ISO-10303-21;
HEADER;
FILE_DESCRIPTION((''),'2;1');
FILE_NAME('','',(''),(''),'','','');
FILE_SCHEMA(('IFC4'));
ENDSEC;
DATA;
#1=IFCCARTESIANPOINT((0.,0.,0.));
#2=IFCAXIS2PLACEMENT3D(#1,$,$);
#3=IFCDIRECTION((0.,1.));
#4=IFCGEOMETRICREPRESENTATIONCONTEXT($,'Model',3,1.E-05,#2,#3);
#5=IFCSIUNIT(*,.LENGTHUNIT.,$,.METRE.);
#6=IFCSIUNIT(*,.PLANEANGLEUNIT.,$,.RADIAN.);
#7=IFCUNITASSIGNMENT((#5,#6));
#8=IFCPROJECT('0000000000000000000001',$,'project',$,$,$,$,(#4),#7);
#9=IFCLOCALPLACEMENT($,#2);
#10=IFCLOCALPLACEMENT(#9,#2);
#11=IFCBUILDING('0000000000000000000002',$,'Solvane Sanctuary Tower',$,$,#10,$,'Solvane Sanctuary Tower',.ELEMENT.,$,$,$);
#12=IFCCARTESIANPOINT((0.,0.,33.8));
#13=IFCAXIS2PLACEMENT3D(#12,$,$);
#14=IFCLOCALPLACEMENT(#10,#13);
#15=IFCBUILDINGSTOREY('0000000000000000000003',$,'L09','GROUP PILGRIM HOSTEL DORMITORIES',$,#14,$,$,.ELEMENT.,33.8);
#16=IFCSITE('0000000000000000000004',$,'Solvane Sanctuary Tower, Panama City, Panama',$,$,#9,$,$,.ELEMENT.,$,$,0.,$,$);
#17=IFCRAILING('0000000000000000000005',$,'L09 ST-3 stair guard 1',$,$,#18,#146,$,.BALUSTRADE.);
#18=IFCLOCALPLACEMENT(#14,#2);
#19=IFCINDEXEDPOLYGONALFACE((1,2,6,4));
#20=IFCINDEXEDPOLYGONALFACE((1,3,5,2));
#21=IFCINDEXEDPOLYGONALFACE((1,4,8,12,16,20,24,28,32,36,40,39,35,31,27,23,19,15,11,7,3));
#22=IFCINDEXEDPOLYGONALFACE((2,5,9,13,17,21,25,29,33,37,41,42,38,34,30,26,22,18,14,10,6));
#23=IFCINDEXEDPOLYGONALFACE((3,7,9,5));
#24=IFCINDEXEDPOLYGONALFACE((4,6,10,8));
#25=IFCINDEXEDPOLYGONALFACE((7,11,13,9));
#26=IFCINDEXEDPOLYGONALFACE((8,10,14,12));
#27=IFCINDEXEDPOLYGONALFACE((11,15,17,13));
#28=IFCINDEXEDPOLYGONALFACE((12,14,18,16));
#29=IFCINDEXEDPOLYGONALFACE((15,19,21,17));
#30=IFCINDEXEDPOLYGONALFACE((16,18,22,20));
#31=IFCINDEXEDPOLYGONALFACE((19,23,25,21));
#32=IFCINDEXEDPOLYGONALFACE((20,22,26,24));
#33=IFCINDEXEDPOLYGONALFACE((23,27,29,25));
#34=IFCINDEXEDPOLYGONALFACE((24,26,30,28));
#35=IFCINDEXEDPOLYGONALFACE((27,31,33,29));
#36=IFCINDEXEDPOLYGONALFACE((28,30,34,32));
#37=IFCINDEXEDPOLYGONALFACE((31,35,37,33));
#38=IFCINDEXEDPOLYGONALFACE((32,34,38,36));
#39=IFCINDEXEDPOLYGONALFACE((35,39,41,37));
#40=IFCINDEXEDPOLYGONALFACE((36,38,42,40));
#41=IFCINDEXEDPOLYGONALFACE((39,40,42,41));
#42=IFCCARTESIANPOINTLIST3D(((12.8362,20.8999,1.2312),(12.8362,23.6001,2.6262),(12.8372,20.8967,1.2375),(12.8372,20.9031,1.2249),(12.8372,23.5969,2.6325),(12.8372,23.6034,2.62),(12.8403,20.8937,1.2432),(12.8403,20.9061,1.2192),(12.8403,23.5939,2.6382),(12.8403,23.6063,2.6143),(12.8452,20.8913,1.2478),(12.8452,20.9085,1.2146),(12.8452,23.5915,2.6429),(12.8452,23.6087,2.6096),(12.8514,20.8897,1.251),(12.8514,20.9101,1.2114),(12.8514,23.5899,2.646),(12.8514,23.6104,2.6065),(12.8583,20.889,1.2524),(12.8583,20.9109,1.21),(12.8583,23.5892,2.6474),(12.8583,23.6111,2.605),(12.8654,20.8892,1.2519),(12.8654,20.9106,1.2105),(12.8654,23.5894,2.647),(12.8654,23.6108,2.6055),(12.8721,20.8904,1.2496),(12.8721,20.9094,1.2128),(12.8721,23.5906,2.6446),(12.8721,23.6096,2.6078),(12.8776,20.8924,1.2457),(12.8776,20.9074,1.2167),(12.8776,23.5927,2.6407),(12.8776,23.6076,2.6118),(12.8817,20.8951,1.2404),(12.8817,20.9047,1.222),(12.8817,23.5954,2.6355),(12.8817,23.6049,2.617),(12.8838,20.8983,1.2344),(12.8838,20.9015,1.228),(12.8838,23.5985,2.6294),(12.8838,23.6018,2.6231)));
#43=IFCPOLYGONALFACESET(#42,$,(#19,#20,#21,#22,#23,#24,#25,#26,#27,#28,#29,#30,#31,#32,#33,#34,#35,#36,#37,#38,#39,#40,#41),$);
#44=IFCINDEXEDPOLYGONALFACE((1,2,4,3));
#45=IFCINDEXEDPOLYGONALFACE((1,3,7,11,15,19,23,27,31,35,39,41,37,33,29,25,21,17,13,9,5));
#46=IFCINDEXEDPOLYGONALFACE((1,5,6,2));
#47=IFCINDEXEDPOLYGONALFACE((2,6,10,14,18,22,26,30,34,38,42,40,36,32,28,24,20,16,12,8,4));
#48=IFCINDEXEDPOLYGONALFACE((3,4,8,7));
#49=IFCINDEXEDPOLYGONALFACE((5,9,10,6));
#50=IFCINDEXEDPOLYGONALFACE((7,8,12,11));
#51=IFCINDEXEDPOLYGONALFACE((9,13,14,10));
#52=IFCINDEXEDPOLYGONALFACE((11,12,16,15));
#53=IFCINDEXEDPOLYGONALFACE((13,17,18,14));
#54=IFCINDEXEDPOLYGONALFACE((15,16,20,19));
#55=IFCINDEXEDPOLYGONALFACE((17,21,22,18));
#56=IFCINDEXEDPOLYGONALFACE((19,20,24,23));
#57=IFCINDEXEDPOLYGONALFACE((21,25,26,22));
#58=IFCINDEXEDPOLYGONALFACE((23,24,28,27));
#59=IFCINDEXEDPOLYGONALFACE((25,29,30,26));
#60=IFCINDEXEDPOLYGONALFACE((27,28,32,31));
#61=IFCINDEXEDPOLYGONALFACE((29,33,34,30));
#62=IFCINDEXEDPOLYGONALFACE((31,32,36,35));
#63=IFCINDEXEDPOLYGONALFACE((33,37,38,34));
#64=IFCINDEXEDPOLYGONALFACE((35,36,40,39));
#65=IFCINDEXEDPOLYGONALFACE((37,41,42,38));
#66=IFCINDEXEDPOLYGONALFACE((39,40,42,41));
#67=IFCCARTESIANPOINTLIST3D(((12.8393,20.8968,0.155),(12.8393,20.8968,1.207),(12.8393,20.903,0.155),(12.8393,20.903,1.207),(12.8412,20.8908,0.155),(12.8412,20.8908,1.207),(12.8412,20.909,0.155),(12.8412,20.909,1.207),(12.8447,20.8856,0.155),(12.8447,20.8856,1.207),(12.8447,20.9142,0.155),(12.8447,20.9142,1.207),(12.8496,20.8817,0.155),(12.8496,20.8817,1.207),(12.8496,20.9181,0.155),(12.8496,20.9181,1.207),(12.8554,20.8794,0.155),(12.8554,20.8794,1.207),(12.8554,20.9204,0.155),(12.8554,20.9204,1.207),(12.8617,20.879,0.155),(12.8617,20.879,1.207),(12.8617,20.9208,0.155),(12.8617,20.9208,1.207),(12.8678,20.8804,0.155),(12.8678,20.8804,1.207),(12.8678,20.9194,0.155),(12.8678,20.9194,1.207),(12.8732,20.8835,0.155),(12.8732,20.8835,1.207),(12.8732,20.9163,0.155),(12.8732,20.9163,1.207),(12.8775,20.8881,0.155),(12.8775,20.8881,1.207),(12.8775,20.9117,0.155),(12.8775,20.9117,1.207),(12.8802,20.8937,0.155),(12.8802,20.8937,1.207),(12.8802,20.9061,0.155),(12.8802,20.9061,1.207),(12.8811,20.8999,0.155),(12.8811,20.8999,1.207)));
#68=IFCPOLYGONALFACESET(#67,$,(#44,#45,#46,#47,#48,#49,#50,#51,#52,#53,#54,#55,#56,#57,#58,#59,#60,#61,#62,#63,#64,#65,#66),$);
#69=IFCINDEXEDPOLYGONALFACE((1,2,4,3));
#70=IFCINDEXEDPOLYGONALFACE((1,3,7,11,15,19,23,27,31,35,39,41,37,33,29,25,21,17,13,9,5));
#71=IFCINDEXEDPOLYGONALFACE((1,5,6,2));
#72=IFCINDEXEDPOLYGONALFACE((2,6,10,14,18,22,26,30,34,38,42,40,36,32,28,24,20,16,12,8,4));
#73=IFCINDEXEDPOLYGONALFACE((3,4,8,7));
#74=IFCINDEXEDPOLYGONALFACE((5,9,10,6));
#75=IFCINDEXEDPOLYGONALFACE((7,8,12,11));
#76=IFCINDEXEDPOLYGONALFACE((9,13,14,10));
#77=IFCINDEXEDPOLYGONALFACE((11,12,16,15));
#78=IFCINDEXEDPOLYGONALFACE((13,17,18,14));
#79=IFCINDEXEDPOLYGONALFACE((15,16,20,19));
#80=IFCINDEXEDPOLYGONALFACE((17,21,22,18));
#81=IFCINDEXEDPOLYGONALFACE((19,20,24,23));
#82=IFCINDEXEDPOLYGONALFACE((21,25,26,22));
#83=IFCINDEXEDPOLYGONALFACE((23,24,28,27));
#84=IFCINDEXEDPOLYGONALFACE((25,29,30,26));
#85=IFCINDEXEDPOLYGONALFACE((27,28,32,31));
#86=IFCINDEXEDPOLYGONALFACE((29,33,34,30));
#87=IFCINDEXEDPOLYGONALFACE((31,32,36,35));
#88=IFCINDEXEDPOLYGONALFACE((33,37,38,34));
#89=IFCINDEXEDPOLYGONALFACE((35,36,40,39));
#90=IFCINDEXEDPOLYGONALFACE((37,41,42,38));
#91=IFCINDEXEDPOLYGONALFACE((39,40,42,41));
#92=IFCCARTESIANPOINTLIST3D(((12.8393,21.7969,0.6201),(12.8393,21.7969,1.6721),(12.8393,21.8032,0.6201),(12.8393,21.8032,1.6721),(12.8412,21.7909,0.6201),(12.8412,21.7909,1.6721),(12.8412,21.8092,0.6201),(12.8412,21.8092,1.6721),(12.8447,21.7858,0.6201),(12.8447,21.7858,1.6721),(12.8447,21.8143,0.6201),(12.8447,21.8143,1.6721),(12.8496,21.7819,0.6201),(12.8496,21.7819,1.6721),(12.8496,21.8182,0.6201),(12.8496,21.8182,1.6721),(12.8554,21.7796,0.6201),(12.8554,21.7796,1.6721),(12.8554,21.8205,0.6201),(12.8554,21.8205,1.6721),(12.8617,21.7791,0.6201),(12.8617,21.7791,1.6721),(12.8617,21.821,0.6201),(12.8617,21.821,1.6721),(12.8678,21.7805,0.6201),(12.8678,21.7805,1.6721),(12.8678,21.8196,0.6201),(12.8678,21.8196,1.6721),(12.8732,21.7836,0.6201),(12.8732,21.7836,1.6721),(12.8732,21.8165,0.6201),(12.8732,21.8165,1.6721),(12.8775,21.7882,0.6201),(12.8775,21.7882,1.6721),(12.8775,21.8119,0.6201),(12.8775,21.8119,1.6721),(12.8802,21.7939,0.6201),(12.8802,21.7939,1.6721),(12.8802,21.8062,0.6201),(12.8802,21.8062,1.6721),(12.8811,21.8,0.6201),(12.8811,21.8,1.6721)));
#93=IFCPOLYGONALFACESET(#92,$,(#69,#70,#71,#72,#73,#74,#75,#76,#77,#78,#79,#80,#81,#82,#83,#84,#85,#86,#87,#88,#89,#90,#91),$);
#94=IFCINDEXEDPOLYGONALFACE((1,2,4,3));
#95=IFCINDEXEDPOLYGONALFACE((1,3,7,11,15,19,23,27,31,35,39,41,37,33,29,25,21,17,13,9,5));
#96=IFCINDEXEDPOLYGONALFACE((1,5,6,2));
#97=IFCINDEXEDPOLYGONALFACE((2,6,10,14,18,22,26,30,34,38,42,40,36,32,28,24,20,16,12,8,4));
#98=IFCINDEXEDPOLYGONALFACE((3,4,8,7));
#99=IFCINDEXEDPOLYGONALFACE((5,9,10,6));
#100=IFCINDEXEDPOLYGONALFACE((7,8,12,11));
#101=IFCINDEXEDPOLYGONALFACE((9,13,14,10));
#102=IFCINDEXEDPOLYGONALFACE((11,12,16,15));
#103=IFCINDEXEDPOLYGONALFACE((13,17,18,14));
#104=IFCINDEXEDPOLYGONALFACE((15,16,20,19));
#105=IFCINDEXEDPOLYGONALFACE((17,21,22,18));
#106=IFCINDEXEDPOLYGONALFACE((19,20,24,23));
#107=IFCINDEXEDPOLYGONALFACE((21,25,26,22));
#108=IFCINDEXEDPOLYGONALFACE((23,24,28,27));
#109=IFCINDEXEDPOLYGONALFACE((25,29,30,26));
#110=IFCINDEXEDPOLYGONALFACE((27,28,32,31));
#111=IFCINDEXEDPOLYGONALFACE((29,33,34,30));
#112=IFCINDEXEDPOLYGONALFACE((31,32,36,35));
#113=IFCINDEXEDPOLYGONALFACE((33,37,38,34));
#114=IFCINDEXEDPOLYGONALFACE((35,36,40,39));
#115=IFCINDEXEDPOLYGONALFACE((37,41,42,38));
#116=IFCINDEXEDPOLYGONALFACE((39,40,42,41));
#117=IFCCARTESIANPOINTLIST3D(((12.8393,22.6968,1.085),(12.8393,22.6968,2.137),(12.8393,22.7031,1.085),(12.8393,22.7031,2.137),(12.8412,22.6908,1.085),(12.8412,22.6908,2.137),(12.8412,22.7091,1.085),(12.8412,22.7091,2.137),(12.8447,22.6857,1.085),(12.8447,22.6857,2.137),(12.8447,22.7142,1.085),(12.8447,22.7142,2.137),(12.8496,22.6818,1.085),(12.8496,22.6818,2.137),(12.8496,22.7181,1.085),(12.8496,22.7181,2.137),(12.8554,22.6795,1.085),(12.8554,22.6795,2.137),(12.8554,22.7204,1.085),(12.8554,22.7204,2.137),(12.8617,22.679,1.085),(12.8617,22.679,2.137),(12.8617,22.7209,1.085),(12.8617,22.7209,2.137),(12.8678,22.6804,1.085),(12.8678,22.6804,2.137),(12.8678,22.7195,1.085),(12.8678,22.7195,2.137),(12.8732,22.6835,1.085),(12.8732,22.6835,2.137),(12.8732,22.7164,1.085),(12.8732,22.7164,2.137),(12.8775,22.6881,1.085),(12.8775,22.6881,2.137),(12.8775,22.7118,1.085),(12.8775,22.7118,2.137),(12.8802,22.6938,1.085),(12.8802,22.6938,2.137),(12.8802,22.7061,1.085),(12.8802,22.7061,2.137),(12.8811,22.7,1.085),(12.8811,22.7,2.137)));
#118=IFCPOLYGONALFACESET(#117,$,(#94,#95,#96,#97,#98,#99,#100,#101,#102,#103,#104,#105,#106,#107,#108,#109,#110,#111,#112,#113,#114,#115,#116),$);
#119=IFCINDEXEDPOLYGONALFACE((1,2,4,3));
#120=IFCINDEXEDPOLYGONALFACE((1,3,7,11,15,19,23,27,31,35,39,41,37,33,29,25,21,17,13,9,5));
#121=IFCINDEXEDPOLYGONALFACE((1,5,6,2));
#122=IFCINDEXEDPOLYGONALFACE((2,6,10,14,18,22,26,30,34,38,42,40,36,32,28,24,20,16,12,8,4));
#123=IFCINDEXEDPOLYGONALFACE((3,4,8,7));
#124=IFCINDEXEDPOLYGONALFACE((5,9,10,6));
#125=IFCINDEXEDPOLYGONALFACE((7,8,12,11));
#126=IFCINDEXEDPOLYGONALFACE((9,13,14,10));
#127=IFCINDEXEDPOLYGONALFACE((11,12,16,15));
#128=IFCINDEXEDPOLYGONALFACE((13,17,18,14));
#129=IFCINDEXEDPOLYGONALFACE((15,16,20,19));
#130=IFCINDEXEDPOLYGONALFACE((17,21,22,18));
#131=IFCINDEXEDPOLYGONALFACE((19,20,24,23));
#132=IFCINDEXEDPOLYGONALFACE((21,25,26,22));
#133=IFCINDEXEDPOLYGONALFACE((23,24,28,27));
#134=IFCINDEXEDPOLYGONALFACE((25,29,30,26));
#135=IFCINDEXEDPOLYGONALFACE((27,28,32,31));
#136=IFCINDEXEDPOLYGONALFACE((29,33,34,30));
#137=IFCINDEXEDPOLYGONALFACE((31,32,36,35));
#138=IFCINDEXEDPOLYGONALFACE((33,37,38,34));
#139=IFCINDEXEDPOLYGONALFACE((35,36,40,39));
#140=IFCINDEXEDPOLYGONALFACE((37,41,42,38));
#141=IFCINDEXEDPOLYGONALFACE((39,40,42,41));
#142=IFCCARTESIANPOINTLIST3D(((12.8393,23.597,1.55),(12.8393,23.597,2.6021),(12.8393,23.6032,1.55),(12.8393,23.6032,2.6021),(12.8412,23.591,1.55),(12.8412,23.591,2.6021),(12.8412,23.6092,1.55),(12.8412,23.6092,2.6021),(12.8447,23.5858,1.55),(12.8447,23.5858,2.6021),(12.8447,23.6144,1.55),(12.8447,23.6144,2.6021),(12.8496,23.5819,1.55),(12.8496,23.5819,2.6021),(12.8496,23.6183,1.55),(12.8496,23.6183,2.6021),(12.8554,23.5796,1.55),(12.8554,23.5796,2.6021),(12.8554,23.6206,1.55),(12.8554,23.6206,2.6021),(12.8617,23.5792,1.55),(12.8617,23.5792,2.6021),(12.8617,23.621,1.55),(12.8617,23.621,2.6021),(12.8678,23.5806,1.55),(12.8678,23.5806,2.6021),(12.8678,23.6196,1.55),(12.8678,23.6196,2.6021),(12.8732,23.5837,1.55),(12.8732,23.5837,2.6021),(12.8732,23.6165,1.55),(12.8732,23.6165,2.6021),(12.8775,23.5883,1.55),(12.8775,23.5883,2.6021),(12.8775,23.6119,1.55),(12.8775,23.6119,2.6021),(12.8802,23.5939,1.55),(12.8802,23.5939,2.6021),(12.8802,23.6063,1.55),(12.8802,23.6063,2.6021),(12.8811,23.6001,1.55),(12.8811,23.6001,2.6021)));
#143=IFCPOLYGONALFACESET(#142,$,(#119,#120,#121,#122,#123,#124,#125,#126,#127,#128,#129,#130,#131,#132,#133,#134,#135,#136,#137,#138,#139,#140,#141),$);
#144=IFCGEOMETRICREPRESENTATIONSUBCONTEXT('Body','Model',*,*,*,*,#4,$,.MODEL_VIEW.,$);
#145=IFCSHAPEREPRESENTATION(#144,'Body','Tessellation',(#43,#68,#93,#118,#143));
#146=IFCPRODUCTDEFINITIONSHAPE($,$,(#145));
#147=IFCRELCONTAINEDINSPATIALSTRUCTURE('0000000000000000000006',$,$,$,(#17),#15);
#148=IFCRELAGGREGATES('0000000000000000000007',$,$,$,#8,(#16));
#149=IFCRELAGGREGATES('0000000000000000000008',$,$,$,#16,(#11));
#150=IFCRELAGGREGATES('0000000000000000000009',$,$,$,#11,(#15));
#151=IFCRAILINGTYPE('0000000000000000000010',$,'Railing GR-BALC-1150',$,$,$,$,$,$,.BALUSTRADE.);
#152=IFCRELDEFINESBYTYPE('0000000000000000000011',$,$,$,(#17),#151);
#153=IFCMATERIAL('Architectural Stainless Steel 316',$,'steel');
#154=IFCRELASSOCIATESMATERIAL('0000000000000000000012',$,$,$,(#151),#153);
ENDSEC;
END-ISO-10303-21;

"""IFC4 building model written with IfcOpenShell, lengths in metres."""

from ifc_helpers import new_model, si_unit, direction, frame, origin, origin_2d, place, context, subcontext, project, spatial, circle, extrude, material, type_object, element, save


model = new_model("IFC4")

# Units and contexts
model_context = context("Model", 3, precision=1e-05, world=origin(), true_north=direction((0.0, 1.0)))
body_context = subcontext(model_context, "Body", "Model", "MODEL_VIEW")
ifc_project = project(units=[si_unit("LENGTHUNIT", "METRE"), si_unit("PLANEANGLEUNIT", "RADIAN")], contexts=[model_context])

# Site, building, storey
site_placement = place(None, origin())
site = spatial("IfcSite", under=ifc_project, at=site_placement, Name="Solvane Sanctuary Tower, Panama City, Panama", CompositionType="ELEMENT", RefElevation=0.0)
building_placement = place(site_placement, origin())
building = spatial("IfcBuilding", under=site, at=building_placement, Name="Solvane Sanctuary Tower", LongName="Solvane Sanctuary Tower", CompositionType="ELEMENT")
storey_placement = place(building_placement, frame((0.0, 0.0, 33.8)))
storey = spatial("IfcBuildingStorey", under=building, at=storey_placement, Name="L09", Description="GROUP PILGRIM HOSTEL DORMITORIES", CompositionType="ELEMENT", Elevation=33.8)

# Railing
ifc_material_1 = material(Name="Architectural Stainless Steel 316", Category="steel")
railing_type_1 = type_object("IfcRailingType", Name="Railing GR-BALC-1150", PredefinedType="BALUSTRADE", material=ifc_material_1)
railing_1_placement = place(storey_placement, frame((12.8601, 20.8999, 0.155)))
element("IfcRailing", 1, at=railing_1_placement, inside=storey, type_object=railing_type_1, Name="L09 ST-3 stair guard 1", PredefinedType="BALUSTRADE", context=body_context, shape_type="SweptSolid", body=[
    extrude(circle(Radius=0.0239, at=origin_2d()), frame((0.0, 0.0, 1.0762), z_axis=(0.0, 0.888437, 0.458999), x_axis=(-1.0, 0.0, 0.0)), (0.0, 0.0, 1.0), 3.0393),
    extrude(circle(Radius=0.021, at=origin_2d()), origin(), (0.0, 0.0, 1.0), 1.052),
    extrude(circle(Radius=0.021, at=origin_2d()), frame((0.0, 0.9001, 0.4651)), (0.0, 0.0, 1.0), 1.052),
    extrude(circle(Radius=0.021, at=origin_2d()), frame((0.0, 1.8, 0.9299)), (0.0, 0.0, 1.0), 1.052),
    extrude(circle(Radius=0.021, at=origin_2d()), frame((0.0, 2.7002, 1.395)), (0.0, 0.0, 1.0), 1.052),
])

save(model, "model.ifc")
